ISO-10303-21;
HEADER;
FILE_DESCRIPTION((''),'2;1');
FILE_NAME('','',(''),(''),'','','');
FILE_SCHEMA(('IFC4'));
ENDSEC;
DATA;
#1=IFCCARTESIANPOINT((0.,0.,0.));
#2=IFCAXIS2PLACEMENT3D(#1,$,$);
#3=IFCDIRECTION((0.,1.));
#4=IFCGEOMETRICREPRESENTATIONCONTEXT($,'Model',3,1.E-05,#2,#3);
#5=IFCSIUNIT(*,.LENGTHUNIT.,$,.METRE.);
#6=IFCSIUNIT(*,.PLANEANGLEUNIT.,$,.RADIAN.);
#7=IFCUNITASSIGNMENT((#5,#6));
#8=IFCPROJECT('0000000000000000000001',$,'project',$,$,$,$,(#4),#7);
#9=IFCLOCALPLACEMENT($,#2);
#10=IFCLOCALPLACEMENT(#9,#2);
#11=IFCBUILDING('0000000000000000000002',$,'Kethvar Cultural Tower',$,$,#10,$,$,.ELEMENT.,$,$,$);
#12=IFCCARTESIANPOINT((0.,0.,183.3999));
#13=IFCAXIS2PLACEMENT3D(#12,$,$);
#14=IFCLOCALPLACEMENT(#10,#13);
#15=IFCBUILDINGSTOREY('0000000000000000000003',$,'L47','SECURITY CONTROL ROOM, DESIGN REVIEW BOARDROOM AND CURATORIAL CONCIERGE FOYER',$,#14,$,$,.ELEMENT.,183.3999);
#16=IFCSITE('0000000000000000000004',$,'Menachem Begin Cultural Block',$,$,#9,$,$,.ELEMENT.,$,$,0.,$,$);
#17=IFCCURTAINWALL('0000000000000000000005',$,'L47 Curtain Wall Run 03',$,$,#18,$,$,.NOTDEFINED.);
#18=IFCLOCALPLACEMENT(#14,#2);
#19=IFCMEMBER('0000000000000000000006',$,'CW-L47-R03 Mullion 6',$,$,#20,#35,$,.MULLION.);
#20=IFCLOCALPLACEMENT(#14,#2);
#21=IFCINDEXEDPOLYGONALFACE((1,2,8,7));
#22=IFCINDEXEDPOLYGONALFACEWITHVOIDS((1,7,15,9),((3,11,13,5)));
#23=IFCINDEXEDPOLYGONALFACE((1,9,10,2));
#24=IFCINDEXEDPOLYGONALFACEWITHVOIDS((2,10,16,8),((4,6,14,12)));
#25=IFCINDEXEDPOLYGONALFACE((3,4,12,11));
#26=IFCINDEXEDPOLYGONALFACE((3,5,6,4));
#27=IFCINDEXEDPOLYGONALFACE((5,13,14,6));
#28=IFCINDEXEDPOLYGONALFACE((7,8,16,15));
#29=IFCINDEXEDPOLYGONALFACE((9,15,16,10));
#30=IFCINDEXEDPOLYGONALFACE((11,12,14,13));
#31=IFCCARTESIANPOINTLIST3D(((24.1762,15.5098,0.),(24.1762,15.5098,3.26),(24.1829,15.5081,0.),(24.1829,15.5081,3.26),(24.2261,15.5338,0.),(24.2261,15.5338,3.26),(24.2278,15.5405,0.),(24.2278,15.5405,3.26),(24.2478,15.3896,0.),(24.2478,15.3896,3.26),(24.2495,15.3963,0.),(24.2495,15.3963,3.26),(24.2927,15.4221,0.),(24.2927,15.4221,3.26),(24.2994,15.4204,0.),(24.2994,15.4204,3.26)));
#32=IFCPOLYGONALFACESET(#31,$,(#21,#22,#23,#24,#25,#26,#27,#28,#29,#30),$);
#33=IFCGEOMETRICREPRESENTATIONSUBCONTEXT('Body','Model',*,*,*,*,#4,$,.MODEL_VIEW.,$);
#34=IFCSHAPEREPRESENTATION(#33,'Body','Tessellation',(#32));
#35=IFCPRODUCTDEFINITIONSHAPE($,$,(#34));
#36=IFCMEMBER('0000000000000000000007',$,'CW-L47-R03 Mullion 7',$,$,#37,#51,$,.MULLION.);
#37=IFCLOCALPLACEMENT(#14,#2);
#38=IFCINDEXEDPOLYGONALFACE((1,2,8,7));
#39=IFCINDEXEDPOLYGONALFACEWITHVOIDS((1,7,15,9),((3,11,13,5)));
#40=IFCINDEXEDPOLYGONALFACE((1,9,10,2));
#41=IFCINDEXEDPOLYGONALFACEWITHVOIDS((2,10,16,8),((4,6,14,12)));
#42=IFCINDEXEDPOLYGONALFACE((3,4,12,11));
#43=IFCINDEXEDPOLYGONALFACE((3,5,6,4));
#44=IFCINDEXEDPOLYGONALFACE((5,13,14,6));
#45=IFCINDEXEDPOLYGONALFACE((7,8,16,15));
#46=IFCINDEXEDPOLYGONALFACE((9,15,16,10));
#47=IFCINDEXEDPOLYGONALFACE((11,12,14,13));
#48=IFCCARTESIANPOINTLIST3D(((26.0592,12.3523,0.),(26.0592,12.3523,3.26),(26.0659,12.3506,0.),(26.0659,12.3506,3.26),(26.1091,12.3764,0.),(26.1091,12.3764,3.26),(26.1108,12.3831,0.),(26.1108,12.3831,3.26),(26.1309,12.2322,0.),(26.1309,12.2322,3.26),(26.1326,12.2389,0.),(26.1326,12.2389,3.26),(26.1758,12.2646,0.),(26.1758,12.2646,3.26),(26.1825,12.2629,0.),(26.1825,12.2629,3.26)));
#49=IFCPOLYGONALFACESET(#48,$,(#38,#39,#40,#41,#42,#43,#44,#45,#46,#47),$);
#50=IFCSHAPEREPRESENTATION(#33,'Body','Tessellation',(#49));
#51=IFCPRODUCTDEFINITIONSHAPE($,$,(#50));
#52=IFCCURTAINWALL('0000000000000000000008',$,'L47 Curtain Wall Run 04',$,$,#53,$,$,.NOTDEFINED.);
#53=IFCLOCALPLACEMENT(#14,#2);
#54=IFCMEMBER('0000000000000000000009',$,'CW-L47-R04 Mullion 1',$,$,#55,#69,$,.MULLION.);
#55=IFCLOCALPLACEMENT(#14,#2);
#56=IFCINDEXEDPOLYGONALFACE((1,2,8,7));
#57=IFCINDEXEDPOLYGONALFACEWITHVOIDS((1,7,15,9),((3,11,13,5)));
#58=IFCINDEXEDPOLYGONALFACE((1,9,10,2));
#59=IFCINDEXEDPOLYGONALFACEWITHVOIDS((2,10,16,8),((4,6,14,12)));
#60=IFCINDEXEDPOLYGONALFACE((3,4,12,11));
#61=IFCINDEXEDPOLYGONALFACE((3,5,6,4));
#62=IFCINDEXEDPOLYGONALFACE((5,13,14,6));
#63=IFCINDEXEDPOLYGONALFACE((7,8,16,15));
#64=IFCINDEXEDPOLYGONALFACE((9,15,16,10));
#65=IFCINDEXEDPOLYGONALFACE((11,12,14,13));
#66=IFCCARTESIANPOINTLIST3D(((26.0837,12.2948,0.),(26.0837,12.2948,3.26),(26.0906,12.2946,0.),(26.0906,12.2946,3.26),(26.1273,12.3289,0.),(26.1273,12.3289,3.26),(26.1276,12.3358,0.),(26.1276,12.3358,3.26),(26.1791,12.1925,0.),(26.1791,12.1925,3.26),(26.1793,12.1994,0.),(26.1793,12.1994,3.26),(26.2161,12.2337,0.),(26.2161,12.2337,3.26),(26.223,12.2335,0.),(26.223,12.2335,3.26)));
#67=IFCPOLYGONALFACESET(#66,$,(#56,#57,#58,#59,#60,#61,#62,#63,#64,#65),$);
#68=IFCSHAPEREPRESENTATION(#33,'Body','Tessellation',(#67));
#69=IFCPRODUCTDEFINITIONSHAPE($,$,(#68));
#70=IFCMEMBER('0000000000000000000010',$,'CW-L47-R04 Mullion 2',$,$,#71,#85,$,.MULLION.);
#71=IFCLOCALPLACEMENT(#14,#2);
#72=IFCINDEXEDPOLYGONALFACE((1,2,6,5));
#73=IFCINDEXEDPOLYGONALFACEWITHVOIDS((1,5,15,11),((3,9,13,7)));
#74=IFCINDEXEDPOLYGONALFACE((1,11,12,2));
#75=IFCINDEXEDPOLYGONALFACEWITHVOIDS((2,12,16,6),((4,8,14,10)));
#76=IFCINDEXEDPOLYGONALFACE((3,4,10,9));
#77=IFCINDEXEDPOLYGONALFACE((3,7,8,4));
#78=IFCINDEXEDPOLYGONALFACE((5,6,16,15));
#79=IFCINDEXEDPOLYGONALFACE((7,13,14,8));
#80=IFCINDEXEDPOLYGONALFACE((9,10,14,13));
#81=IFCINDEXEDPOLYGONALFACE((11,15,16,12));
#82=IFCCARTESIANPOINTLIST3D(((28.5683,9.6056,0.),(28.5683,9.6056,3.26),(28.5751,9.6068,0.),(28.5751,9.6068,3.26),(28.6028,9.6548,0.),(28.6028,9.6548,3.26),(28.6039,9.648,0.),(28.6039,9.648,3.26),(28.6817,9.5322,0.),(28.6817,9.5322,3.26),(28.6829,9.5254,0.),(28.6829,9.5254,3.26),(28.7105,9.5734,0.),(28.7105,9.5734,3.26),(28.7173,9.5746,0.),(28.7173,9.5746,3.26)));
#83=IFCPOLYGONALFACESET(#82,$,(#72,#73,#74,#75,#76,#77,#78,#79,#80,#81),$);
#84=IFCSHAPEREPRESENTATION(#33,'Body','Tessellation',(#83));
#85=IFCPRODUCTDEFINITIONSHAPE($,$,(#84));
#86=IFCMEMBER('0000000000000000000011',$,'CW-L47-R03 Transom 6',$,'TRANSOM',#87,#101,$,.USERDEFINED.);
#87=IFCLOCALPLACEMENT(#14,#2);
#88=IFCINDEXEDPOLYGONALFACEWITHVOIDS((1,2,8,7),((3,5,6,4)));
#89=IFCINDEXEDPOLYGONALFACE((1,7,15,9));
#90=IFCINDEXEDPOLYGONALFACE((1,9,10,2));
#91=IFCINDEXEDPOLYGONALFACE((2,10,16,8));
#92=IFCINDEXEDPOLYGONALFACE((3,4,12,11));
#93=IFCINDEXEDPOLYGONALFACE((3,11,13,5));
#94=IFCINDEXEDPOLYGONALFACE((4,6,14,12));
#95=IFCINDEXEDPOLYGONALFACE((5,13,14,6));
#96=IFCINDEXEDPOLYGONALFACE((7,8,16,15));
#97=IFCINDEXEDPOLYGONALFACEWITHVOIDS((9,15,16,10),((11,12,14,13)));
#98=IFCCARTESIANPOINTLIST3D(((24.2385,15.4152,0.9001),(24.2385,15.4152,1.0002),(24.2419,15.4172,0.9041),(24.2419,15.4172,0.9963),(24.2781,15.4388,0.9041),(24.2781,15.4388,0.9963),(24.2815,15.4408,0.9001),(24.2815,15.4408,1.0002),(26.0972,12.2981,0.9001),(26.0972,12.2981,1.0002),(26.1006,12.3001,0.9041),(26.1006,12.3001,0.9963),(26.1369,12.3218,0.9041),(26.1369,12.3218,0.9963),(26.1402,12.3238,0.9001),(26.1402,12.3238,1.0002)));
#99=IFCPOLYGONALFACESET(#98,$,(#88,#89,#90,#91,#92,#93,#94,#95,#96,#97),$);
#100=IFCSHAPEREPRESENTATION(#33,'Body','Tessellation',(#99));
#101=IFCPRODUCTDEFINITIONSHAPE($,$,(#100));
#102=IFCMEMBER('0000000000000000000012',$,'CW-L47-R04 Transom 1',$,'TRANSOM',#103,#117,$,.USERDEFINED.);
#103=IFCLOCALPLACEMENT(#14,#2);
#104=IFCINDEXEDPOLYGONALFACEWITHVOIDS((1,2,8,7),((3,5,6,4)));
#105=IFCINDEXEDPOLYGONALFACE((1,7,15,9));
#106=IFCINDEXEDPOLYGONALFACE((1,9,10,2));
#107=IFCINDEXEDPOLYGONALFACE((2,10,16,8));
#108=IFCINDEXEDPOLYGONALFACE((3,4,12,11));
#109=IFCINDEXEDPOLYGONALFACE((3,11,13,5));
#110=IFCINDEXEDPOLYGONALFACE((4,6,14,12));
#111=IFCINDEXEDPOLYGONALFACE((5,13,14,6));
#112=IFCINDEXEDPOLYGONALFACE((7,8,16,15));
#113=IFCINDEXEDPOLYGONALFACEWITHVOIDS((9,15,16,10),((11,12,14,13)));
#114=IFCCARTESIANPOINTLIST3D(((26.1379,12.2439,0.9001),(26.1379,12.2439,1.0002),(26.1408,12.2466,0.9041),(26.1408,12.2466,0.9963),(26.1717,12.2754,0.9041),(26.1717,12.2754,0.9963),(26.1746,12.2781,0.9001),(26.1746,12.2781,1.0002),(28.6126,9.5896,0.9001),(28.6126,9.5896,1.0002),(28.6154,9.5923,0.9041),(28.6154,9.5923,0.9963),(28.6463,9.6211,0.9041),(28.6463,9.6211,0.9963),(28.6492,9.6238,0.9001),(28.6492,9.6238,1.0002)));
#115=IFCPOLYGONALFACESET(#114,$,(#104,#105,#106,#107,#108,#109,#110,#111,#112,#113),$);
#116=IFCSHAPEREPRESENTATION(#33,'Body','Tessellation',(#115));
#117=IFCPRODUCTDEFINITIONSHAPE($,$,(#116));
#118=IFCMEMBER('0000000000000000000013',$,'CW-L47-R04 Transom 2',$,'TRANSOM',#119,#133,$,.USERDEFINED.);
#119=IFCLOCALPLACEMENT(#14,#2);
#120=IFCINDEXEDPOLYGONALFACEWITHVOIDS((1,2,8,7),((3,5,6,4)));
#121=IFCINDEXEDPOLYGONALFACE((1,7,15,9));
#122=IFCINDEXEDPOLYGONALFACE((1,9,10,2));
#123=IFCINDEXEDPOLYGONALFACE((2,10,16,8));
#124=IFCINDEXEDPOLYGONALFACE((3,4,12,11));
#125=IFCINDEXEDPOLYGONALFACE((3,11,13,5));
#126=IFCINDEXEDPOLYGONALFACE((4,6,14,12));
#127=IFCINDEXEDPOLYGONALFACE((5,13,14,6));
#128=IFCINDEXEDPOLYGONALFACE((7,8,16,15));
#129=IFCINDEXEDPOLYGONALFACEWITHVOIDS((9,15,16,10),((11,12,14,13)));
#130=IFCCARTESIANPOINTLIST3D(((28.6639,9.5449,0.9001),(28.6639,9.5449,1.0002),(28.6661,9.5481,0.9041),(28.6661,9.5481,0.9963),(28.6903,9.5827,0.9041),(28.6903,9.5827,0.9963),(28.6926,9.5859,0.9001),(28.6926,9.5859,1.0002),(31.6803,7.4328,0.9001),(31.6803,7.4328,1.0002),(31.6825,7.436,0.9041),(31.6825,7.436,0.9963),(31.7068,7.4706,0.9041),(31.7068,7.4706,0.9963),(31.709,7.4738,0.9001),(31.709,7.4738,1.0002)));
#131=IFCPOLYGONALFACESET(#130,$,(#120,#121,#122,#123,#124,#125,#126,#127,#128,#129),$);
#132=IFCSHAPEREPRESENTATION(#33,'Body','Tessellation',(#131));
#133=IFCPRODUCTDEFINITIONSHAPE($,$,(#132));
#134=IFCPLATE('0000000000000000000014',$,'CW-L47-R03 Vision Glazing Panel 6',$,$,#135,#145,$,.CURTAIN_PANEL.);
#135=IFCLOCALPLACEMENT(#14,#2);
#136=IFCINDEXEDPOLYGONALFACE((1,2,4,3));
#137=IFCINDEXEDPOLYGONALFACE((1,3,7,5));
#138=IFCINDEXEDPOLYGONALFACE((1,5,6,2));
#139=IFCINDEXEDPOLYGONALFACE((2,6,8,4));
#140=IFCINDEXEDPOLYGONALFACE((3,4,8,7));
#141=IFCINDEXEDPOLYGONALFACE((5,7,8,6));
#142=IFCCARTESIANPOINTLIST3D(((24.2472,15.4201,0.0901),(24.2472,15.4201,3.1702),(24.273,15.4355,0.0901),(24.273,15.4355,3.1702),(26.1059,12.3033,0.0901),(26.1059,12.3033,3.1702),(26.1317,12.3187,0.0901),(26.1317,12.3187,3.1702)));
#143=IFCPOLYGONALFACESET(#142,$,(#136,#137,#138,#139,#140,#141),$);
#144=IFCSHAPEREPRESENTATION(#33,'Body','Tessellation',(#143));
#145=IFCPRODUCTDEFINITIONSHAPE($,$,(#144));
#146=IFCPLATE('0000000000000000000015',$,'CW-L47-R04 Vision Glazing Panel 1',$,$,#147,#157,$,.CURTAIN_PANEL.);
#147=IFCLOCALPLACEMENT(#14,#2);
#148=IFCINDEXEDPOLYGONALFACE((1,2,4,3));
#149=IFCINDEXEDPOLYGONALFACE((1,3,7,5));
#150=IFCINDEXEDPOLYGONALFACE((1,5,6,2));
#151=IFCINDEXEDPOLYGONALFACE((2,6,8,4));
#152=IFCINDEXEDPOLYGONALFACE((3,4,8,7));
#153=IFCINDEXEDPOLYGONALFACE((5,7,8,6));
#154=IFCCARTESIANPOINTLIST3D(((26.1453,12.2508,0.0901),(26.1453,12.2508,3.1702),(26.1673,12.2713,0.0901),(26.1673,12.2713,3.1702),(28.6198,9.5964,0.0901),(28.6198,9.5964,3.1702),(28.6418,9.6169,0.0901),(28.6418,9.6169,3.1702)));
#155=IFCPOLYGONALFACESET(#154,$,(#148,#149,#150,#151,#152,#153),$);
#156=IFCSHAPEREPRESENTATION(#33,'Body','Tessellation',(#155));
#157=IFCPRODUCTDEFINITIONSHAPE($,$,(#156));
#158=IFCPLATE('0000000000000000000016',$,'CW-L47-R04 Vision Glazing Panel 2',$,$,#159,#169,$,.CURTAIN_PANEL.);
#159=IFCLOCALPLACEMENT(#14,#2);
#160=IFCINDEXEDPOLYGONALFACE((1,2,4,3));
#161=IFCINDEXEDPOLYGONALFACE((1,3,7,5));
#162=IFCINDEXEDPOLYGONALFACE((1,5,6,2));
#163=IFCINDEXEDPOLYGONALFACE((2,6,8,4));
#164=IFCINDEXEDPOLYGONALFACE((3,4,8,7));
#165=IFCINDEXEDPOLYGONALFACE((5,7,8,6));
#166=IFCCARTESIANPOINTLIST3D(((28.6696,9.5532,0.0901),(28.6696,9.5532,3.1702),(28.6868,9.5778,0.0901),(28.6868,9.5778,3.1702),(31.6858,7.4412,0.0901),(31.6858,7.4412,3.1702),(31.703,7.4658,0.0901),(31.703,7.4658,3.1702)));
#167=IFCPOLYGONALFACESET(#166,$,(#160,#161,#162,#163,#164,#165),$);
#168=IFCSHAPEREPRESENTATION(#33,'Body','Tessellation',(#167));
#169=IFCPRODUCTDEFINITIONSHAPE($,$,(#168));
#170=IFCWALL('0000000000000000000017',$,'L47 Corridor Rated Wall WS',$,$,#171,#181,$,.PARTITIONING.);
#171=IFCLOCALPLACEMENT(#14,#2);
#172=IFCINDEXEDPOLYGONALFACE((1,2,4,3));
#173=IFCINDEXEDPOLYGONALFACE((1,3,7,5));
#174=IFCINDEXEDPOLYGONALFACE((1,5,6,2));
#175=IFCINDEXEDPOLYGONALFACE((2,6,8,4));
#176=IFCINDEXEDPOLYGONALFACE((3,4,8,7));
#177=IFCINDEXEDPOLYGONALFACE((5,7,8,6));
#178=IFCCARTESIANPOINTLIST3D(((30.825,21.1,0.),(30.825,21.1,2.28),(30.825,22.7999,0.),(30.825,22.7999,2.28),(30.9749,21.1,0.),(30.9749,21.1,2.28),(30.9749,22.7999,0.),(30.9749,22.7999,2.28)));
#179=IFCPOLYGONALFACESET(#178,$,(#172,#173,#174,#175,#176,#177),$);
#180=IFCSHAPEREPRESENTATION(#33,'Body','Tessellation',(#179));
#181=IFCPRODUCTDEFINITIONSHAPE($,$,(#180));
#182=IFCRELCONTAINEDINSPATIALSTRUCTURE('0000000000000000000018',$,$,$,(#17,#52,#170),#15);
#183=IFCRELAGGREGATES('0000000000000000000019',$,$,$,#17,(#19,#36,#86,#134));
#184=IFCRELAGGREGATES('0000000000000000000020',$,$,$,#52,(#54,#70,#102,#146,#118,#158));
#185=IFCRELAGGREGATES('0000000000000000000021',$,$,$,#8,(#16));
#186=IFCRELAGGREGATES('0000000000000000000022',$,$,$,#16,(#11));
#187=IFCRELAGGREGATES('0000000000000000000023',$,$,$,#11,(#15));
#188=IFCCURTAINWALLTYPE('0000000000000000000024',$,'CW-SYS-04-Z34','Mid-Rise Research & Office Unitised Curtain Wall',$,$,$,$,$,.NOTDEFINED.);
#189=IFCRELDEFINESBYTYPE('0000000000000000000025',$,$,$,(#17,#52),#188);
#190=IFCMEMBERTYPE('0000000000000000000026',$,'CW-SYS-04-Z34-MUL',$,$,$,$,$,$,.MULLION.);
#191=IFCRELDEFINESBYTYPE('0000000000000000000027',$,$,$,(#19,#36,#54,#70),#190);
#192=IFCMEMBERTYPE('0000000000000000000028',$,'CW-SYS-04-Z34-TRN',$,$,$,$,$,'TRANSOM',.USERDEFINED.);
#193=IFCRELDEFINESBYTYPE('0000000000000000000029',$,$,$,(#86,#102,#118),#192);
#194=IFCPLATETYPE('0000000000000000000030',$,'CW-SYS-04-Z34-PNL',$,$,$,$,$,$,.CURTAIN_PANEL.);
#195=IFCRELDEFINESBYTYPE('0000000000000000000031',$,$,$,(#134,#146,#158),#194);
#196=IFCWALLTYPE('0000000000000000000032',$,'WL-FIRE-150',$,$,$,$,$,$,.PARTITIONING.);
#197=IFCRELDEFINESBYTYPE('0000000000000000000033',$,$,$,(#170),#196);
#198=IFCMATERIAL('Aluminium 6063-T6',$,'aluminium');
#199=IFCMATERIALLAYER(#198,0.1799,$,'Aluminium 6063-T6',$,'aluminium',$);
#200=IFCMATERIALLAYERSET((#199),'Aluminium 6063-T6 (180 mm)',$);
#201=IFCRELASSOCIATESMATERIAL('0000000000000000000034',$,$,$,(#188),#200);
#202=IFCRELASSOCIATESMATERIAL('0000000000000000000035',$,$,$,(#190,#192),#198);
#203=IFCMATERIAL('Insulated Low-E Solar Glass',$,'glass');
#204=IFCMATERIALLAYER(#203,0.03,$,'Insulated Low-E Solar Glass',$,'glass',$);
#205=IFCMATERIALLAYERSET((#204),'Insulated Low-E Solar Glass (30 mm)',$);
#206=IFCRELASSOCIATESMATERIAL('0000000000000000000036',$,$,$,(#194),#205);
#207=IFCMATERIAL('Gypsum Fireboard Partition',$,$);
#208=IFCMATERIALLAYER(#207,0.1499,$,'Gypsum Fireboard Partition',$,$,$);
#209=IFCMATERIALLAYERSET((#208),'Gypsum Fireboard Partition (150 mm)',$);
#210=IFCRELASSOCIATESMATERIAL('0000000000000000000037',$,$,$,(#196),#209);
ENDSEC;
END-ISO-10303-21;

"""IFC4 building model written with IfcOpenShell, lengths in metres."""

from ifc_helpers import new_model, si_unit, direction, frame, frame_2d, origin, origin_2d, place, context, subcontext, project, spatial, rectangle, hollow_rectangle, extrude, source, transform, mapped, material, layer, layer_set, material_profile, profile_set, type_object, element, aggregate, save


model = new_model("IFC4")

# Units and contexts
model_context = context("Model", 3, precision=1e-05, world=origin(), true_north=direction((0.0, 1.0)))
body_context = subcontext(model_context, "Body", "Model", "MODEL_VIEW")
ifc_project = project(units=[si_unit("LENGTHUNIT", "METRE"), si_unit("PLANEANGLEUNIT", "RADIAN")], contexts=[model_context])

# Site, building, storey
site_placement = place(None, origin())
site = spatial("IfcSite", under=ifc_project, at=site_placement, Name="Menachem Begin Cultural Block", CompositionType="ELEMENT", RefElevation=0.0)
building_placement = place(site_placement, origin())
building = spatial("IfcBuilding", under=site, at=building_placement, Name="Kethvar Cultural Tower", CompositionType="ELEMENT")
storey_placement = place(building_placement, frame((0.0, 0.0, 183.3999)))
storey = spatial("IfcBuildingStorey", under=building, at=storey_placement, Name="L47", Description="SECURITY CONTROL ROOM, DESIGN REVIEW BOARDROOM AND CURATORIAL CONCIERGE FOYER", CompositionType="ELEMENT", Elevation=183.3999)

# Curtain walls, members
ifc_material_1 = material(Name="Aluminium 6063-T6", Category="aluminium")
ifc_layer_1 = layer(ifc_material_1, 0.1799, Name="Aluminium 6063-T6", Category="aluminium")
ifc_layer_set_1 = layer_set([ifc_layer_1], Name="Aluminium 6063-T6 (180 mm)")
curtain_wall_type = type_object("IfcCurtainWallType", Name="CW-SYS-04-Z34", Description="Mid-Rise Research & Office Unitised Curtain Wall", PredefinedType="NOTDEFINED", material=ifc_layer_set_1)
curtain_wall_1_placement = place(storey_placement, origin())
curtain_wall_1 = element("IfcCurtainWall", 1, at=curtain_wall_1_placement, inside=storey, type_object=curtain_wall_type, Name="L47 Curtain Wall Run 03", PredefinedType="NOTDEFINED")
ifc_material_profile_1 = material_profile(ifc_material_1, hollow_rectangle(XDim=0.0601, YDim=0.1399, WallThickness=0.0049, at=origin_2d()), Name="Aluminium 6063-T6 — RHS140x60x5")
ifc_profile_set_1 = profile_set([ifc_material_profile_1], Name="Aluminium 6063-T6 — RHS140x60x5")
member_type_1 = type_object("IfcMemberType", Name="CW-SYS-04-Z34-MUL", PredefinedType="MULLION", material=ifc_profile_set_1)
shared_shape_1 = source(origin(), body_context, "Body", "SweptSolid", [
    extrude(hollow_rectangle(XDim=0.0601, YDim=0.1399, WallThickness=0.0049, at=origin_2d()), origin(), (0.0, 0.0, 1.0), 3.26),
])
member_1_placement = place(storey_placement, frame((24.2378, 15.4651, 0.0), z_axis=(0.0, 0.0, 1.0), x_axis=(0.858879, 0.512178, 0.0)))
member_1 = element("IfcMember", 2, at=member_1_placement, type_object=member_type_1, Name="CW-L47-R03 Mullion 6", PredefinedType="MULLION", context=body_context, shape_type="MappedRepresentation", body=[
    mapped(shared_shape_1, transform((0.0, 0.0, 0.0), scale=1.0)),
])
member_2_placement = place(storey_placement, frame((26.1208, 12.3076, 0.0), z_axis=(0.0, 0.0, 1.0), x_axis=(0.858879, 0.512178, 0.0)))
member_2 = element("IfcMember", 3, at=member_2_placement, type_object=member_type_1, Name="CW-L47-R03 Mullion 7", PredefinedType="MULLION", context=body_context, shape_type="MappedRepresentation", body=[
    mapped(shared_shape_1, transform((0.0, 0.0, 0.0), scale=1.0)),
])
curtain_wall_2_placement = place(storey_placement, origin())
curtain_wall_2 = element("IfcCurtainWall", 4, at=curtain_wall_2_placement, inside=storey, type_object=curtain_wall_type, Name="L47 Curtain Wall Run 04", PredefinedType="NOTDEFINED")
member_3_placement = place(storey_placement, frame((26.1533, 12.2642, 0.0), z_axis=(0.0, 0.0, 1.0), x_axis=(0.731449, 0.681896, 0.0)))
member_3 = element("IfcMember", 5, at=member_3_placement, type_object=member_type_1, Name="CW-L47-R04 Mullion 1", PredefinedType="MULLION", context=body_context, shape_type="MappedRepresentation", body=[
    mapped(shared_shape_1, transform((0.0, 0.0, 0.0), scale=1.0)),
])
member_4_placement = place(storey_placement, frame((28.6428, 9.5901, 0.0), z_axis=(0.0, 0.0, 1.0), x_axis=(0.573591, 0.819142, 0.0)))
member_4 = element("IfcMember", 6, at=member_4_placement, type_object=member_type_1, Name="CW-L47-R04 Mullion 2", PredefinedType="MULLION", context=body_context, shape_type="MappedRepresentation", body=[
    mapped(shared_shape_1, transform((0.0, 0.0, 0.0), scale=1.0)),
])

# Members
ifc_material_profile_2 = material_profile(ifc_material_1, hollow_rectangle(XDim=0.05, YDim=0.1001, WallThickness=0.0039, at=origin_2d()), Name="Aluminium 6063-T6 — RHS100x50x4")
ifc_profile_set_2 = profile_set([ifc_material_profile_2], Name="Aluminium 6063-T6 — RHS100x50x4")
member_type_2 = type_object("IfcMemberType", Name="CW-SYS-04-Z34-TRN", ElementType="TRANSOM", PredefinedType="USERDEFINED", material=ifc_profile_set_2)
shared_shape_2 = source(origin(), body_context, "Body", "SweptSolid", [
    extrude(hollow_rectangle(XDim=0.05, YDim=0.1001, WallThickness=0.0039, at=origin_2d()), origin(), (0.0, 0.0, 1.0), 3.6292),
])
member_5_placement = place(storey_placement, frame((24.26, 15.428, 0.9502), z_axis=(0.512159, -0.858891, 0.0), x_axis=(0.858891, 0.512159, 0.0)))
member_5 = element("IfcMember", 7, at=member_5_placement, type_object=member_type_2, Name="CW-L47-R03 Transom 6", ObjectType="TRANSOM", PredefinedType="USERDEFINED", context=body_context, shape_type="MappedRepresentation", body=[
    mapped(shared_shape_2, transform((0.0, 0.0, 0.0), scale=1.0)),
])
shared_shape_3 = source(origin(), body_context, "Body", "SweptSolid", [
    extrude(hollow_rectangle(XDim=0.05, YDim=0.1001, WallThickness=0.0039, at=origin_2d()), origin(), (0.0, 0.0, 1.0), 3.6289),
])
member_6_placement = place(storey_placement, frame((26.1562, 12.261, 0.9502), z_axis=(0.681915, -0.731431, 0.0), x_axis=(0.731431, 0.681915, 0.0)))
member_6 = element("IfcMember", 8, at=member_6_placement, type_object=member_type_2, Name="CW-L47-R04 Transom 1", ObjectType="TRANSOM", PredefinedType="USERDEFINED", context=body_context, shape_type="MappedRepresentation", body=[
    mapped(shared_shape_3, transform((0.0, 0.0, 0.0), scale=1.0)),
])
shared_shape_4 = source(origin(), body_context, "Body", "SweptSolid", [
    extrude(hollow_rectangle(XDim=0.05, YDim=0.1001, WallThickness=0.0039, at=origin_2d()), origin(), (0.0, 0.0, 1.0), 3.6824),
])
member_7_placement = place(storey_placement, frame((28.6782, 9.5654, 0.9502), z_axis=(0.819154, -0.573574, 0.0), x_axis=(0.573574, 0.819154, 0.0)))
member_7 = element("IfcMember", 9, at=member_7_placement, type_object=member_type_2, Name="CW-L47-R04 Transom 2", ObjectType="TRANSOM", PredefinedType="USERDEFINED", context=body_context, shape_type="MappedRepresentation", body=[
    mapped(shared_shape_4, transform((0.0, 0.0, 0.0), scale=1.0)),
])

# Plates
ifc_material_2 = material(Name="Insulated Low-E Solar Glass", Category="glass")
ifc_layer_2 = layer(ifc_material_2, 0.03, Name="Insulated Low-E Solar Glass", Category="glass")
ifc_layer_set_2 = layer_set([ifc_layer_2], Name="Insulated Low-E Solar Glass (30 mm)")
plate_type = type_object("IfcPlateType", Name="CW-SYS-04-Z34-PNL", PredefinedType="CURTAIN_PANEL", material=ifc_layer_set_2)
shared_shape_5 = source(origin(), body_context, "Body", "SweptSolid", [
    extrude(rectangle(XDim=3.6289, YDim=0.03, at=origin_2d()), origin(), (0.0, 0.0, 1.0), 3.0801),
])
plate_1_placement = place(storey_placement, frame((25.1895, 13.8694, 0.0901), z_axis=(0.0, 0.0, 1.0), x_axis=(0.512178, -0.858879, 0.0)))
plate_1 = element("IfcPlate", 10, at=plate_1_placement, type_object=plate_type, Name="CW-L47-R03 Vision Glazing Panel 6", PredefinedType="CURTAIN_PANEL", context=body_context, shape_type="MappedRepresentation", body=[
    mapped(shared_shape_5, transform((0.0, 0.0, 0.0), scale=1.0)),
])
aggregate(curtain_wall_1, [member_1, member_2, member_5, plate_1])
plate_2_placement = place(storey_placement, frame((27.3936, 10.9338, 0.0901), z_axis=(0.0, 0.0, 1.0), x_axis=(0.681896, -0.731449, 0.0)))
plate_2 = element("IfcPlate", 11, at=plate_2_placement, type_object=plate_type, Name="CW-L47-R04 Vision Glazing Panel 1", PredefinedType="CURTAIN_PANEL", context=body_context, shape_type="MappedRepresentation", body=[
    mapped(shared_shape_5, transform((0.0, 0.0, 0.0), scale=1.0)),
])
shared_shape_6 = source(origin(), body_context, "Body", "SweptSolid", [
    extrude(rectangle(XDim=3.6821, YDim=0.03, at=origin_2d()), origin(), (0.0, 0.0, 1.0), 3.0801),
])
plate_3_placement = place(storey_placement, frame((30.1863, 8.5095, 0.0901), z_axis=(0.0, 0.0, 1.0), x_axis=(0.819142, -0.573591, 0.0)))
plate_3 = element("IfcPlate", 12, at=plate_3_placement, type_object=plate_type, Name="CW-L47-R04 Vision Glazing Panel 2", PredefinedType="CURTAIN_PANEL", context=body_context, shape_type="MappedRepresentation", body=[
    mapped(shared_shape_6, transform((0.0, 0.0, 0.0), scale=1.0)),
])
aggregate(curtain_wall_2, [member_3, member_4, member_6, plate_2, member_7, plate_3])

# Wall
ifc_material_3 = material(Name="Gypsum Fireboard Partition")
ifc_layer_3 = layer(ifc_material_3, 0.1499, Name="Gypsum Fireboard Partition")
ifc_layer_set_3 = layer_set([ifc_layer_3], Name="Gypsum Fireboard Partition (150 mm)")
wall_type = type_object("IfcWallType", Name="WL-FIRE-150", PredefinedType="PARTITIONING", material=ifc_layer_set_3)
wall_1_placement = place(storey_placement, frame((30.8999, 22.8, 0.0), z_axis=(0.0, 0.0, 1.0), x_axis=(0.0, -1.0, 0.0)))
element("IfcWall", 13, at=wall_1_placement, inside=storey, type_object=wall_type, Name="L47 Corridor Rated Wall WS", PredefinedType="PARTITIONING", context=body_context, shape_type="SweptSolid", body=[
    extrude(rectangle(XDim=1.7, YDim=0.1499, at=frame_2d((0.8501, 0.0))), origin(), (0.0, 0.0, 1.0), 2.28),
])

save(model, "model.ifc")
